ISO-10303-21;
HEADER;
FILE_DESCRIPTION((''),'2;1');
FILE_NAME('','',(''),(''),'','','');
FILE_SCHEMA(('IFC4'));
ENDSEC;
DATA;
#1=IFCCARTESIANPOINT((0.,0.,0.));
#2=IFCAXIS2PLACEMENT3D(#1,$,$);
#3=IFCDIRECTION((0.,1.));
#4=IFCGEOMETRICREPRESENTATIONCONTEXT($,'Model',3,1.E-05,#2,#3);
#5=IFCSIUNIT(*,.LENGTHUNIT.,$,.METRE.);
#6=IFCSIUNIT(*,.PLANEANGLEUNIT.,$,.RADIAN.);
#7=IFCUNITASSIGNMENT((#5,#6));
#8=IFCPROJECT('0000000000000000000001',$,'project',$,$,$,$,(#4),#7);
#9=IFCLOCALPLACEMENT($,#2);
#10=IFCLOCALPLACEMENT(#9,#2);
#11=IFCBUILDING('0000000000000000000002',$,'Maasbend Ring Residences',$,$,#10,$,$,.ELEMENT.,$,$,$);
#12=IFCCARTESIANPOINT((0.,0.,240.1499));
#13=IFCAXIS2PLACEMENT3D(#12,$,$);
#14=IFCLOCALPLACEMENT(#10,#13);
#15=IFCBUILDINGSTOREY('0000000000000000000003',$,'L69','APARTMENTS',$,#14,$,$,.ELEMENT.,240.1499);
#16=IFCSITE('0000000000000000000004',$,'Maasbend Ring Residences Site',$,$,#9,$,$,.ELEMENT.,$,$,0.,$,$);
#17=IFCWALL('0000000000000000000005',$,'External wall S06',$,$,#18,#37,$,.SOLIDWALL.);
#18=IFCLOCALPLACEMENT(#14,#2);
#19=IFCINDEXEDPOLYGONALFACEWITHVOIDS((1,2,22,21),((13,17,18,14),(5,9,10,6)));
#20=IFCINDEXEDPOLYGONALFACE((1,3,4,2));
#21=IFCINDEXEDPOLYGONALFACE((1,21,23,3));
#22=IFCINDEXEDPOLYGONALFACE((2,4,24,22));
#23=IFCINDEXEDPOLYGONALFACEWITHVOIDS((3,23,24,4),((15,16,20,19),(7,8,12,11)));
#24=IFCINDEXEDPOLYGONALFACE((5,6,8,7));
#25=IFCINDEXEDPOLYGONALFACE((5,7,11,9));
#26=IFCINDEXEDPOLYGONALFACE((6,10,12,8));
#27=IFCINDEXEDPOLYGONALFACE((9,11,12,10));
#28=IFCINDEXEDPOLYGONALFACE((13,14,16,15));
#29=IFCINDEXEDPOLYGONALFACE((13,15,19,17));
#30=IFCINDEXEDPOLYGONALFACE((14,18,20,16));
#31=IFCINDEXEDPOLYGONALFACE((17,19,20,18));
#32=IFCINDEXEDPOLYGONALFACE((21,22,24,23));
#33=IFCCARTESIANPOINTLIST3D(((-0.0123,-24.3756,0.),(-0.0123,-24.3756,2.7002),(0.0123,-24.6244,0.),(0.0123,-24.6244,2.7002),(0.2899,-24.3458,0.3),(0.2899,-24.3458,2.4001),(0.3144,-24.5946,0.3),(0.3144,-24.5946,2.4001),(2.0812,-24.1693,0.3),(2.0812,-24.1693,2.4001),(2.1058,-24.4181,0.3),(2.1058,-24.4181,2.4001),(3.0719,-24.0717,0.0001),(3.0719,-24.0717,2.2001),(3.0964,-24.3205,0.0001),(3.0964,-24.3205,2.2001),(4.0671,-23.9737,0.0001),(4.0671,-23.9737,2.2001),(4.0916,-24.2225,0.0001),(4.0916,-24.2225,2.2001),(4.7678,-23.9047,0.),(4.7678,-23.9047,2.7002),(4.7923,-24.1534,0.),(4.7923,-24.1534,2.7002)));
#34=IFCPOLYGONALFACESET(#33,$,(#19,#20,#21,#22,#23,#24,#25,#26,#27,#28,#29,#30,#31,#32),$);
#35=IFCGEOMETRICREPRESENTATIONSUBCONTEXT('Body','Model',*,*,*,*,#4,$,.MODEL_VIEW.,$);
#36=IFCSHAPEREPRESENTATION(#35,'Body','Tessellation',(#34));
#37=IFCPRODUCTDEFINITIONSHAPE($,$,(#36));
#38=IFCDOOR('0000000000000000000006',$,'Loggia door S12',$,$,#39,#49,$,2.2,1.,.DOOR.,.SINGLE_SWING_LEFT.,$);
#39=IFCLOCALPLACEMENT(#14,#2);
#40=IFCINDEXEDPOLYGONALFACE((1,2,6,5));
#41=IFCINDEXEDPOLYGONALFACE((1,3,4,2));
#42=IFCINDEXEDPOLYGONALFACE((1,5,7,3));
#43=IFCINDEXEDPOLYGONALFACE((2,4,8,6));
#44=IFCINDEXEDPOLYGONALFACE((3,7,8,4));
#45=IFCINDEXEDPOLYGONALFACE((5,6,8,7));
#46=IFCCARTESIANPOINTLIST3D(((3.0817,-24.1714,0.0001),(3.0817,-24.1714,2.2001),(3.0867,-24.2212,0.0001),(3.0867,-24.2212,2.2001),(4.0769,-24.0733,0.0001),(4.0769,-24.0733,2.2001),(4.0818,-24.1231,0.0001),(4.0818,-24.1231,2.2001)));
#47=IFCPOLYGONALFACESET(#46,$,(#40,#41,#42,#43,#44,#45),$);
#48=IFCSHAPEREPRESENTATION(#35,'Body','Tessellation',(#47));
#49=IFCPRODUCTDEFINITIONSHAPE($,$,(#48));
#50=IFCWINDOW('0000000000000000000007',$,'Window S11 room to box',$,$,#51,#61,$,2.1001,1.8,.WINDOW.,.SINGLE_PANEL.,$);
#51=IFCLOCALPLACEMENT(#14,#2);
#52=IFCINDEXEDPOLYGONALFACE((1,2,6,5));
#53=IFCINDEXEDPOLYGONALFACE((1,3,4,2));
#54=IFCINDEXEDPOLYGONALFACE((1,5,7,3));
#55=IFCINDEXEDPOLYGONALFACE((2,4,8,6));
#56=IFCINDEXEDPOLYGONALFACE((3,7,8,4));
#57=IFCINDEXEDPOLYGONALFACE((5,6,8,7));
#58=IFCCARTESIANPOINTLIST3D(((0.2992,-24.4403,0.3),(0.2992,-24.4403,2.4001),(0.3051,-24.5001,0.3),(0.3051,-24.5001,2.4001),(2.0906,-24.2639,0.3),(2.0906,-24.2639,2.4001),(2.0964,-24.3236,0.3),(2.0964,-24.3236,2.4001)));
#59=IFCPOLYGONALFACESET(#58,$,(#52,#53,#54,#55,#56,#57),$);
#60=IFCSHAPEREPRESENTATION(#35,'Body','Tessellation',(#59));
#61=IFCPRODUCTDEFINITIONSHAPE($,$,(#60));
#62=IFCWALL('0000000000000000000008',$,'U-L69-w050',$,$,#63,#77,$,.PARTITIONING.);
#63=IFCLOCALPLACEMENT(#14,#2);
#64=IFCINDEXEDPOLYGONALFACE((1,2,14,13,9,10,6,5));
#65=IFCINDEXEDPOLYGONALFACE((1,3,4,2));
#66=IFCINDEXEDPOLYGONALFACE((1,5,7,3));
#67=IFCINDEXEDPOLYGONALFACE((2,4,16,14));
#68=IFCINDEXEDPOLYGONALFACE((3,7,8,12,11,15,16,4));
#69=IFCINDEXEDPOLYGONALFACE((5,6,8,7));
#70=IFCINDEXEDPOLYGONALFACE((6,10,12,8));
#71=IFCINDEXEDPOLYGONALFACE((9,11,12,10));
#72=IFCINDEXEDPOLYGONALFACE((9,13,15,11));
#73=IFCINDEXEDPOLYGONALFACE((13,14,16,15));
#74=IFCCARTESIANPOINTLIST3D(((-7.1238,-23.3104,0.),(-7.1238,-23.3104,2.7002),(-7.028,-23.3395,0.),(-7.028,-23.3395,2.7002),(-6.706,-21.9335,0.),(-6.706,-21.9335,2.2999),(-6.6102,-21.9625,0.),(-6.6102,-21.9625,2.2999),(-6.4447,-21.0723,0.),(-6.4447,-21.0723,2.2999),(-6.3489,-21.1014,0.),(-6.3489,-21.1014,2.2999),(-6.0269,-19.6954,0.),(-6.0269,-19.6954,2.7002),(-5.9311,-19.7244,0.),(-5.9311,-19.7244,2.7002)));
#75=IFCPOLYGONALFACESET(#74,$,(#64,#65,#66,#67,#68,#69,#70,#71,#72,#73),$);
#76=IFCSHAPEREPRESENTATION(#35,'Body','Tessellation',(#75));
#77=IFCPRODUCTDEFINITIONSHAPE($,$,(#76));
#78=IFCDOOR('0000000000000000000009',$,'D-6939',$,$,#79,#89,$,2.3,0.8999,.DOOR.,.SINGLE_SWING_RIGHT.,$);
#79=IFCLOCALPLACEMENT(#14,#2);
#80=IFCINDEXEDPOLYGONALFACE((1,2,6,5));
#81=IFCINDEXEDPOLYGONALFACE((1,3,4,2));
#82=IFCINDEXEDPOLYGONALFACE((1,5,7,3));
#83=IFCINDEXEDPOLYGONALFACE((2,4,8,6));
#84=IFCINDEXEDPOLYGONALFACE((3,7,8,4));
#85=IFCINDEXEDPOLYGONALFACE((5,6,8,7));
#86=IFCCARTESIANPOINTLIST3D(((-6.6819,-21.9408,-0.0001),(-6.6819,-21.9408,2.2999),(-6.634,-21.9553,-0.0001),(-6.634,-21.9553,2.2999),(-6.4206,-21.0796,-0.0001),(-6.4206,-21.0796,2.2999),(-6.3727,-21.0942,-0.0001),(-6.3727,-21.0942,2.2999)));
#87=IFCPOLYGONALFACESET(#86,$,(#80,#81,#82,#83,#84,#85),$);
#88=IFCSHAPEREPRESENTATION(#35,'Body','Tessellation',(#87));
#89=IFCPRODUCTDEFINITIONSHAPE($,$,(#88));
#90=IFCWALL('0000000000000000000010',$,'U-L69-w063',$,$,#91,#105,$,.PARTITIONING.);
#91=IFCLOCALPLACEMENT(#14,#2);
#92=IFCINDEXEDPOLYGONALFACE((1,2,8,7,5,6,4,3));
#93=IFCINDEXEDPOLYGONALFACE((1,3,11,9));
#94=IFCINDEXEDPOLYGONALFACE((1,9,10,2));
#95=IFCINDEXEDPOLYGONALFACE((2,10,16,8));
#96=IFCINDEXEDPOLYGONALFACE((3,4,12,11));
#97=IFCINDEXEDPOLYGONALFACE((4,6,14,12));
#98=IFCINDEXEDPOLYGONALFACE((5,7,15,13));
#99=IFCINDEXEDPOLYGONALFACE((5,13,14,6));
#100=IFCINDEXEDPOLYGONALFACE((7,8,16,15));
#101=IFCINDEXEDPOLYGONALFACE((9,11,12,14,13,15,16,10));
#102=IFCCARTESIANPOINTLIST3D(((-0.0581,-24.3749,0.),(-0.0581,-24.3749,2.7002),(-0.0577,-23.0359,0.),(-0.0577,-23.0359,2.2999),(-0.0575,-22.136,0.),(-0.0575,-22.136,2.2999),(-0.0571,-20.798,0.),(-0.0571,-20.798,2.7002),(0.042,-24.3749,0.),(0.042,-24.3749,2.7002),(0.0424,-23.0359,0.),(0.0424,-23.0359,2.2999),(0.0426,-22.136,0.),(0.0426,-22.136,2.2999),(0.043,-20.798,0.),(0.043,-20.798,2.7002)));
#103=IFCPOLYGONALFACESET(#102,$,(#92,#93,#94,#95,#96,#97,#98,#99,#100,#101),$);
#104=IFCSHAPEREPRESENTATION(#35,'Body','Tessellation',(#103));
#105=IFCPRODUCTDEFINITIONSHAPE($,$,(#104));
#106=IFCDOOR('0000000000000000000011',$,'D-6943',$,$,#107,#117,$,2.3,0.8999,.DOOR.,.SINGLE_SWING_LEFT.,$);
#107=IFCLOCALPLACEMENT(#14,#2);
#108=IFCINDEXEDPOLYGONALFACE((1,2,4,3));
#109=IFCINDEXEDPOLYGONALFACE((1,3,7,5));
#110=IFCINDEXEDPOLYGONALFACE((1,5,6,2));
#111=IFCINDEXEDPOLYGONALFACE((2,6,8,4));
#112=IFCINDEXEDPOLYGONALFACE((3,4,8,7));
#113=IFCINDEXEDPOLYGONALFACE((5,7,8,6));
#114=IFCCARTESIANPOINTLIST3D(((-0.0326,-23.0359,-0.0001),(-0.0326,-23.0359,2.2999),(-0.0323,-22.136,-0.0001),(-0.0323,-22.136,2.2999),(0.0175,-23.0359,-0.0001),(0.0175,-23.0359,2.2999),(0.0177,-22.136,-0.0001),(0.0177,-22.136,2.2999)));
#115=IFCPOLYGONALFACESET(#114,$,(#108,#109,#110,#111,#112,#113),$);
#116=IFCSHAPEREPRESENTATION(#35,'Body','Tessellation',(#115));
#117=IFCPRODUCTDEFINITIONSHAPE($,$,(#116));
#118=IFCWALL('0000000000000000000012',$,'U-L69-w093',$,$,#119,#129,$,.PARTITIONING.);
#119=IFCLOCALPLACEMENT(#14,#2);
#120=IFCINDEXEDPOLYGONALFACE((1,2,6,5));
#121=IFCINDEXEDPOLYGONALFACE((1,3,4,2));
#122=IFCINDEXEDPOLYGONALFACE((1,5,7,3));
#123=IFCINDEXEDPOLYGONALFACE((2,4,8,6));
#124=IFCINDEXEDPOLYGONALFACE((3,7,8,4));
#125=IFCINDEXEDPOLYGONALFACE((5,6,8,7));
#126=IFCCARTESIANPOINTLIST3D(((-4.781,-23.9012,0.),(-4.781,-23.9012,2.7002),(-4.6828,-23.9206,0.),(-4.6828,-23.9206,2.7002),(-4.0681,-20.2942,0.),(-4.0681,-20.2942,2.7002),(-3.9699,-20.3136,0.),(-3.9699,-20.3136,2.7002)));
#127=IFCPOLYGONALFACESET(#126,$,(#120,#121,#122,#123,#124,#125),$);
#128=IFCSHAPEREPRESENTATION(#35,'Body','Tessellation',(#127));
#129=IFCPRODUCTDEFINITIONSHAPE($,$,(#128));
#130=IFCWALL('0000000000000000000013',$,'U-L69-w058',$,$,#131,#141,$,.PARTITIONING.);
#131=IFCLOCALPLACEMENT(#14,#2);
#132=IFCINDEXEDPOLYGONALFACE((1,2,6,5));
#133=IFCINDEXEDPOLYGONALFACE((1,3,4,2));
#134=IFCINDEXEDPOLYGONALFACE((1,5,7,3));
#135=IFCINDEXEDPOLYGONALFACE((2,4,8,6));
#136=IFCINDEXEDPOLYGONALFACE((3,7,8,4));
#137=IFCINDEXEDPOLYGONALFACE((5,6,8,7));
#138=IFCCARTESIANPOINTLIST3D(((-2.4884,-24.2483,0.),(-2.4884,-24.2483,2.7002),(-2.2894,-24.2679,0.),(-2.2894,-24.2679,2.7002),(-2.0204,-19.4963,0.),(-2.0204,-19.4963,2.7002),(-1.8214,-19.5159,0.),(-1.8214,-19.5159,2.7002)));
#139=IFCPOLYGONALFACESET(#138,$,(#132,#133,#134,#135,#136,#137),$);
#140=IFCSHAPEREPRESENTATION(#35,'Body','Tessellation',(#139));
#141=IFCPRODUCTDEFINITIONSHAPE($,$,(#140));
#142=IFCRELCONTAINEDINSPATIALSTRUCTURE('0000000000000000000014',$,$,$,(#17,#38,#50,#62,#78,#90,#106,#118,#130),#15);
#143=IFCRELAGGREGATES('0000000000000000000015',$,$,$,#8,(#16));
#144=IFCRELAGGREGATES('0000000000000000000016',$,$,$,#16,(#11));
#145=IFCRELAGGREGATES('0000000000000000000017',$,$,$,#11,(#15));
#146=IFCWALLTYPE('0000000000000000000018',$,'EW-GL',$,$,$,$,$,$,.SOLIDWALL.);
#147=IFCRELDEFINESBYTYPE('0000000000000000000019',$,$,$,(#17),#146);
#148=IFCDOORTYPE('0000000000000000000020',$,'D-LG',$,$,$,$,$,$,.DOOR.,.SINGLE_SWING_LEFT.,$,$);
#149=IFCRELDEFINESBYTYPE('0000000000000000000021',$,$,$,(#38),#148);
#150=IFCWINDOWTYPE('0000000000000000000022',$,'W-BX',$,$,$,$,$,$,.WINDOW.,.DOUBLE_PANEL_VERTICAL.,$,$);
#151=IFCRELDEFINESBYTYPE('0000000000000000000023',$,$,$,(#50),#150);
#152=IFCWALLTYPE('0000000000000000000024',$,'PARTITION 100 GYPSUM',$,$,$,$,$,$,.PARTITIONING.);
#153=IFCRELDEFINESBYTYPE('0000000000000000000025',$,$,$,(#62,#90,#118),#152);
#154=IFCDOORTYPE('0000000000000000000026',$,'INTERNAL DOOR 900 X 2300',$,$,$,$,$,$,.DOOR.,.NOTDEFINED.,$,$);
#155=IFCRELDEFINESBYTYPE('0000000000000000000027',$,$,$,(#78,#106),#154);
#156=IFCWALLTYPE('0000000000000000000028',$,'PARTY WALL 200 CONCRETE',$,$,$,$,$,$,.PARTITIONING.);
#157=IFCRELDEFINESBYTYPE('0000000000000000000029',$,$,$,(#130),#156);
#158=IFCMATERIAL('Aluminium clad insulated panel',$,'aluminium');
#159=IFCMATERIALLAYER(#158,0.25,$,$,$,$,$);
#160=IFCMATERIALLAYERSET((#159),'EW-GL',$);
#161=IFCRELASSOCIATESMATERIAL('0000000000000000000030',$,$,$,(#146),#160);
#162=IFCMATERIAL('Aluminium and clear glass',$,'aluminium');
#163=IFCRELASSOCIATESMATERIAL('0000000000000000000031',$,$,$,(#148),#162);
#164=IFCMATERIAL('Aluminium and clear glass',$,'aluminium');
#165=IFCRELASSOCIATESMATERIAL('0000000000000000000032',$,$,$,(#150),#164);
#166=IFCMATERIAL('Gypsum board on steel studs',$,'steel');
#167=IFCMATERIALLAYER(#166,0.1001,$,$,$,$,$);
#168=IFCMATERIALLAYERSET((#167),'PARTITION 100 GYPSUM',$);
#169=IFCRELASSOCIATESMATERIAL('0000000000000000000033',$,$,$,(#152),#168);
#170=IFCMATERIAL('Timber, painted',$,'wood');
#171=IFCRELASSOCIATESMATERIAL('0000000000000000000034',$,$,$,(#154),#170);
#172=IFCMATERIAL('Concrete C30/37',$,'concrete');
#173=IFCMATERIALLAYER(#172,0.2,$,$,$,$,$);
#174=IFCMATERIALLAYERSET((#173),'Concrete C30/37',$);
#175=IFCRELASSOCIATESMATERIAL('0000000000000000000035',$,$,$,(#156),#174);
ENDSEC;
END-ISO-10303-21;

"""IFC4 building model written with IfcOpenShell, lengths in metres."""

from ifc_helpers import new_model, si_unit, direction, frame, frame_2d, origin, place, context, subcontext, project, spatial, rectangle, extrude, material, layer, layer_set, type_object, element, fill, save


model = new_model("IFC4")

# Units and contexts
model_context = context("Model", 3, precision=1e-05, world=origin(), true_north=direction((0.0, 1.0)))
body_context = subcontext(model_context, "Body", "Model", "MODEL_VIEW")
ifc_project = project(units=[si_unit("LENGTHUNIT", "METRE"), si_unit("PLANEANGLEUNIT", "RADIAN")], contexts=[model_context])

# Site, building, storey
site_placement = place(None, origin())
site = spatial("IfcSite", under=ifc_project, at=site_placement, Name="Maasbend Ring Residences Site", CompositionType="ELEMENT", RefElevation=0.0)
building_placement = place(site_placement, origin())
building = spatial("IfcBuilding", under=site, at=building_placement, Name="Maasbend Ring Residences", CompositionType="ELEMENT")
storey_placement = place(building_placement, frame((0.0, 0.0, 240.1499)))
storey = spatial("IfcBuildingStorey", under=building, at=storey_placement, Name="L69", Description="APARTMENTS", CompositionType="ELEMENT", Elevation=240.1499)

# Wall, openings, door, window
ifc_material_1 = material(Name="Aluminium clad insulated panel", Category="aluminium")
ifc_layer_1 = layer(ifc_material_1, 0.25)
ifc_layer_set_1 = layer_set([ifc_layer_1], Name="EW-GL")
wall_type_1 = type_object("IfcWallType", Name="EW-GL", PredefinedType="SOLIDWALL", material=ifc_layer_set_1)
ifc_material_2 = material(Name="Aluminium and clear glass", Category="aluminium")
door_type_1 = type_object("IfcDoorType", Name="D-LG", OperationType="SINGLE_SWING_LEFT", PredefinedType="DOOR", material=ifc_material_2)
ifc_material_3 = material(Name="Aluminium and clear glass", Category="aluminium")
window_type_1 = type_object("IfcWindowType", Name="W-BX", PartitioningType="DOUBLE_PANEL_VERTICAL", PredefinedType="WINDOW", material=ifc_material_3)
wall_1_placement = place(storey_placement, frame((0.0, -24.5, 0.0), z_axis=(0.0, 0.0, 1.0), x_axis=(0.995182, 0.098049, 0.0)))
wall_1 = element("IfcWall", 1, at=wall_1_placement, inside=storey, type_object=wall_type_1, Name="External wall S06", PredefinedType="SOLIDWALL", context=body_context, shape_type="SweptSolid", body=[
    extrude(rectangle(XDim=4.8032, YDim=0.25, at=frame_2d((2.4016, 0.0))), origin(), (0.0, 0.0, 1.0), 2.7002),
])
opening_1_placement = place(wall_1_placement, frame((0.3037, 0.0, 0.3)))
opening_1 = element("IfcOpeningElement", 2, at=opening_1_placement, cuts=wall_1, PredefinedType="OPENING", context=body_context, shape_type="SweptSolid", body=[
    extrude(rectangle(XDim=1.8, YDim=2.1001, at=frame_2d((0.8999, 1.05))), frame((0.0, 0.135, 0.0), z_axis=(0.0, -1.0, 0.0), x_axis=(1.0, 0.0, 0.0)), (0.0, 0.0, 1.0), 0.27),
])
opening_2_placement = place(wall_1_placement, frame((3.0991, 0.0, 0.0)))
opening_2 = element("IfcOpeningElement", 3, at=opening_2_placement, cuts=wall_1, PredefinedType="OPENING", context=body_context, shape_type="SweptSolid", body=[
    extrude(rectangle(XDim=1.0, YDim=2.2, at=frame_2d((0.5, 1.1001))), frame((0.0, 0.135, 0.0), z_axis=(0.0, -1.0, 0.0), x_axis=(1.0, 0.0, 0.0)), (0.0, 0.0, 1.0), 0.27),
])
door_1_placement = place(opening_2_placement, origin())
door_1 = element("IfcDoor", 4, at=door_1_placement, inside=storey, type_object=door_type_1, Name="Loggia door S12", OperationType="SINGLE_SWING_LEFT", OverallHeight=2.2, OverallWidth=1.0, PredefinedType="DOOR", context=body_context, shape_type="SweptSolid", body=[
    extrude(rectangle(XDim=1.0, YDim=2.2, at=frame_2d((0.5, 1.1001))), frame((0.0, 0.0249, 0.0), z_axis=(0.0, -1.0, 0.0), x_axis=(1.0, 0.0, 0.0)), (0.0, 0.0, 1.0), 0.05),
])
fill(opening_2, door_1)
window_1_placement = place(opening_1_placement, origin())
window_1 = element("IfcWindow", 5, at=window_1_placement, inside=storey, type_object=window_type_1, Name="Window S11 room to box", OverallHeight=2.1001, OverallWidth=1.8, PartitioningType="SINGLE_PANEL", PredefinedType="WINDOW", context=body_context, shape_type="SweptSolid", body=[
    extrude(rectangle(XDim=1.8, YDim=2.1001, at=frame_2d((0.8999, 1.05))), frame((0.0, 0.03, 0.0), z_axis=(0.0, -1.0, 0.0), x_axis=(1.0, 0.0, 0.0)), (0.0, 0.0, 1.0), 0.0601),
])
fill(opening_1, window_1)

# Walls, openings, doors
ifc_material_4 = material(Name="Gypsum board on steel studs", Category="steel")
ifc_layer_2 = layer(ifc_material_4, 0.1001)
ifc_layer_set_2 = layer_set([ifc_layer_2], Name="PARTITION 100 GYPSUM")
wall_type_2 = type_object("IfcWallType", Name="PARTITION 100 GYPSUM", PredefinedType="PARTITIONING", material=ifc_layer_set_2)
wall_2_placement = place(storey_placement, frame((-7.0759, -23.325, 0.0), z_axis=(0.0, 0.0, 1.0), x_axis=(0.290364, 0.956916, 0.0)))
wall_2 = element("IfcWall", 6, at=wall_2_placement, inside=storey, type_object=wall_type_2, Name="U-L69-w050", PredefinedType="PARTITIONING", context=body_context, shape_type="SweptSolid", body=[
    extrude(rectangle(XDim=3.7778, YDim=0.1001, at=frame_2d((1.8889, 0.0))), origin(), (0.0, 0.0, 1.0), 2.7002),
])
opening_3_placement = place(wall_2_placement, frame((1.439, 0.0, 0.0)))
opening_3 = element("IfcOpeningElement", 7, at=opening_3_placement, cuts=wall_2, PredefinedType="OPENING", context=body_context, shape_type="SweptSolid", body=[
    extrude(rectangle(XDim=0.8999, YDim=2.3, at=frame_2d((0.45, 1.1499))), frame((0.0, 0.0601, 0.0), z_axis=(0.0, -1.0, 0.0), x_axis=(1.0, 0.0, 0.0)), (0.0, 0.0, 1.0), 0.1201),
])
ifc_material_5 = material(Name="Timber, painted", Category="wood")
door_type_2 = type_object("IfcDoorType", Name="INTERNAL DOOR 900 X 2300", OperationType="NOTDEFINED", PredefinedType="DOOR", material=ifc_material_5)
door_2_placement = place(opening_3_placement, origin())
door_2 = element("IfcDoor", 8, at=door_2_placement, inside=storey, type_object=door_type_2, Name="D-6939", OperationType="SINGLE_SWING_RIGHT", OverallHeight=2.3, OverallWidth=0.8999, PredefinedType="DOOR", context=body_context, shape_type="SweptSolid", body=[
    extrude(rectangle(XDim=0.8999, YDim=2.3, at=frame_2d((0.45, 1.1499))), frame((0.0, 0.0249, 0.0), z_axis=(0.0, -1.0, 0.0), x_axis=(1.0, 0.0, 0.0)), (0.0, 0.0, 1.0), 0.05),
])
fill(opening_3, door_2)
wall_3_placement = place(storey_placement, frame((-0.0081, -24.375, 0.0), z_axis=(0.0, 0.0, 1.0), x_axis=(0.000273, 1.0, 0.0)))
wall_3 = element("IfcWall", 9, at=wall_3_placement, inside=storey, type_object=wall_type_2, Name="U-L69-w063", PredefinedType="PARTITIONING", context=body_context, shape_type="SweptSolid", body=[
    extrude(rectangle(XDim=3.5769, YDim=0.1001, at=frame_2d((1.7886, 0.0))), origin(), (0.0, 0.0, 1.0), 2.7002),
])
opening_4_placement = place(wall_3_placement, frame((1.3391, 0.0, 0.0)))
opening_4 = element("IfcOpeningElement", 10, at=opening_4_placement, cuts=wall_3, PredefinedType="OPENING", context=body_context, shape_type="SweptSolid", body=[
    extrude(rectangle(XDim=0.8999, YDim=2.3, at=frame_2d((0.45, 1.1499))), frame((0.0, 0.0601, 0.0), z_axis=(0.0, -1.0, 0.0), x_axis=(1.0, 0.0, 0.0)), (0.0, 0.0, 1.0), 0.1201),
])
door_3_placement = place(opening_4_placement, origin())
door_3 = element("IfcDoor", 11, at=door_3_placement, inside=storey, type_object=door_type_2, Name="D-6943", OperationType="SINGLE_SWING_LEFT", OverallHeight=2.3, OverallWidth=0.8999, PredefinedType="DOOR", context=body_context, shape_type="SweptSolid", body=[
    extrude(rectangle(XDim=0.8999, YDim=2.3, at=frame_2d((0.45, 1.1499))), frame((0.0, 0.0249, 0.0), z_axis=(0.0, -1.0, 0.0), x_axis=(1.0, 0.0, 0.0)), (0.0, 0.0, 1.0), 0.05),
])
fill(opening_4, door_3)

# Walls
wall_4_placement = place(storey_placement, frame((-4.7319, -23.9109, 0.0), z_axis=(0.0, 0.0, 1.0), x_axis=(0.193894, 0.981023, 0.0)))
element("IfcWall", 12, at=wall_4_placement, inside=storey, type_object=wall_type_2, Name="U-L69-w093", PredefinedType="PARTITIONING", context=body_context, shape_type="SweptSolid", body=[
    extrude(rectangle(XDim=3.6768, YDim=0.1001, at=frame_2d((1.8384, 0.0))), origin(), (0.0, 0.0, 1.0), 2.7002),
])
ifc_material_6 = material(Name="Concrete C30/37", Category="concrete")
ifc_layer_3 = layer(ifc_material_6, 0.2)
ifc_layer_set_3 = layer_set([ifc_layer_3], Name="Concrete C30/37")
wall_type_3 = type_object("IfcWallType", Name="PARTY WALL 200 CONCRETE", PredefinedType="PARTITIONING", material=ifc_layer_set_3)
wall_5_placement = place(storey_placement, frame((-2.3889, -24.2581, 0.0), z_axis=(0.0, 0.0, 1.0), x_axis=(0.098015, 0.995185, 0.0)))
element("IfcWall", 13, at=wall_5_placement, inside=storey, type_object=wall_type_3, Name="U-L69-w058", PredefinedType="PARTITIONING", context=body_context, shape_type="SweptSolid", body=[
    extrude(rectangle(XDim=4.7749, YDim=0.2, at=frame_2d((2.3875, 0.0))), origin(), (0.0, 0.0, 1.0), 2.7002),
])

save(model, "model.ifc")
